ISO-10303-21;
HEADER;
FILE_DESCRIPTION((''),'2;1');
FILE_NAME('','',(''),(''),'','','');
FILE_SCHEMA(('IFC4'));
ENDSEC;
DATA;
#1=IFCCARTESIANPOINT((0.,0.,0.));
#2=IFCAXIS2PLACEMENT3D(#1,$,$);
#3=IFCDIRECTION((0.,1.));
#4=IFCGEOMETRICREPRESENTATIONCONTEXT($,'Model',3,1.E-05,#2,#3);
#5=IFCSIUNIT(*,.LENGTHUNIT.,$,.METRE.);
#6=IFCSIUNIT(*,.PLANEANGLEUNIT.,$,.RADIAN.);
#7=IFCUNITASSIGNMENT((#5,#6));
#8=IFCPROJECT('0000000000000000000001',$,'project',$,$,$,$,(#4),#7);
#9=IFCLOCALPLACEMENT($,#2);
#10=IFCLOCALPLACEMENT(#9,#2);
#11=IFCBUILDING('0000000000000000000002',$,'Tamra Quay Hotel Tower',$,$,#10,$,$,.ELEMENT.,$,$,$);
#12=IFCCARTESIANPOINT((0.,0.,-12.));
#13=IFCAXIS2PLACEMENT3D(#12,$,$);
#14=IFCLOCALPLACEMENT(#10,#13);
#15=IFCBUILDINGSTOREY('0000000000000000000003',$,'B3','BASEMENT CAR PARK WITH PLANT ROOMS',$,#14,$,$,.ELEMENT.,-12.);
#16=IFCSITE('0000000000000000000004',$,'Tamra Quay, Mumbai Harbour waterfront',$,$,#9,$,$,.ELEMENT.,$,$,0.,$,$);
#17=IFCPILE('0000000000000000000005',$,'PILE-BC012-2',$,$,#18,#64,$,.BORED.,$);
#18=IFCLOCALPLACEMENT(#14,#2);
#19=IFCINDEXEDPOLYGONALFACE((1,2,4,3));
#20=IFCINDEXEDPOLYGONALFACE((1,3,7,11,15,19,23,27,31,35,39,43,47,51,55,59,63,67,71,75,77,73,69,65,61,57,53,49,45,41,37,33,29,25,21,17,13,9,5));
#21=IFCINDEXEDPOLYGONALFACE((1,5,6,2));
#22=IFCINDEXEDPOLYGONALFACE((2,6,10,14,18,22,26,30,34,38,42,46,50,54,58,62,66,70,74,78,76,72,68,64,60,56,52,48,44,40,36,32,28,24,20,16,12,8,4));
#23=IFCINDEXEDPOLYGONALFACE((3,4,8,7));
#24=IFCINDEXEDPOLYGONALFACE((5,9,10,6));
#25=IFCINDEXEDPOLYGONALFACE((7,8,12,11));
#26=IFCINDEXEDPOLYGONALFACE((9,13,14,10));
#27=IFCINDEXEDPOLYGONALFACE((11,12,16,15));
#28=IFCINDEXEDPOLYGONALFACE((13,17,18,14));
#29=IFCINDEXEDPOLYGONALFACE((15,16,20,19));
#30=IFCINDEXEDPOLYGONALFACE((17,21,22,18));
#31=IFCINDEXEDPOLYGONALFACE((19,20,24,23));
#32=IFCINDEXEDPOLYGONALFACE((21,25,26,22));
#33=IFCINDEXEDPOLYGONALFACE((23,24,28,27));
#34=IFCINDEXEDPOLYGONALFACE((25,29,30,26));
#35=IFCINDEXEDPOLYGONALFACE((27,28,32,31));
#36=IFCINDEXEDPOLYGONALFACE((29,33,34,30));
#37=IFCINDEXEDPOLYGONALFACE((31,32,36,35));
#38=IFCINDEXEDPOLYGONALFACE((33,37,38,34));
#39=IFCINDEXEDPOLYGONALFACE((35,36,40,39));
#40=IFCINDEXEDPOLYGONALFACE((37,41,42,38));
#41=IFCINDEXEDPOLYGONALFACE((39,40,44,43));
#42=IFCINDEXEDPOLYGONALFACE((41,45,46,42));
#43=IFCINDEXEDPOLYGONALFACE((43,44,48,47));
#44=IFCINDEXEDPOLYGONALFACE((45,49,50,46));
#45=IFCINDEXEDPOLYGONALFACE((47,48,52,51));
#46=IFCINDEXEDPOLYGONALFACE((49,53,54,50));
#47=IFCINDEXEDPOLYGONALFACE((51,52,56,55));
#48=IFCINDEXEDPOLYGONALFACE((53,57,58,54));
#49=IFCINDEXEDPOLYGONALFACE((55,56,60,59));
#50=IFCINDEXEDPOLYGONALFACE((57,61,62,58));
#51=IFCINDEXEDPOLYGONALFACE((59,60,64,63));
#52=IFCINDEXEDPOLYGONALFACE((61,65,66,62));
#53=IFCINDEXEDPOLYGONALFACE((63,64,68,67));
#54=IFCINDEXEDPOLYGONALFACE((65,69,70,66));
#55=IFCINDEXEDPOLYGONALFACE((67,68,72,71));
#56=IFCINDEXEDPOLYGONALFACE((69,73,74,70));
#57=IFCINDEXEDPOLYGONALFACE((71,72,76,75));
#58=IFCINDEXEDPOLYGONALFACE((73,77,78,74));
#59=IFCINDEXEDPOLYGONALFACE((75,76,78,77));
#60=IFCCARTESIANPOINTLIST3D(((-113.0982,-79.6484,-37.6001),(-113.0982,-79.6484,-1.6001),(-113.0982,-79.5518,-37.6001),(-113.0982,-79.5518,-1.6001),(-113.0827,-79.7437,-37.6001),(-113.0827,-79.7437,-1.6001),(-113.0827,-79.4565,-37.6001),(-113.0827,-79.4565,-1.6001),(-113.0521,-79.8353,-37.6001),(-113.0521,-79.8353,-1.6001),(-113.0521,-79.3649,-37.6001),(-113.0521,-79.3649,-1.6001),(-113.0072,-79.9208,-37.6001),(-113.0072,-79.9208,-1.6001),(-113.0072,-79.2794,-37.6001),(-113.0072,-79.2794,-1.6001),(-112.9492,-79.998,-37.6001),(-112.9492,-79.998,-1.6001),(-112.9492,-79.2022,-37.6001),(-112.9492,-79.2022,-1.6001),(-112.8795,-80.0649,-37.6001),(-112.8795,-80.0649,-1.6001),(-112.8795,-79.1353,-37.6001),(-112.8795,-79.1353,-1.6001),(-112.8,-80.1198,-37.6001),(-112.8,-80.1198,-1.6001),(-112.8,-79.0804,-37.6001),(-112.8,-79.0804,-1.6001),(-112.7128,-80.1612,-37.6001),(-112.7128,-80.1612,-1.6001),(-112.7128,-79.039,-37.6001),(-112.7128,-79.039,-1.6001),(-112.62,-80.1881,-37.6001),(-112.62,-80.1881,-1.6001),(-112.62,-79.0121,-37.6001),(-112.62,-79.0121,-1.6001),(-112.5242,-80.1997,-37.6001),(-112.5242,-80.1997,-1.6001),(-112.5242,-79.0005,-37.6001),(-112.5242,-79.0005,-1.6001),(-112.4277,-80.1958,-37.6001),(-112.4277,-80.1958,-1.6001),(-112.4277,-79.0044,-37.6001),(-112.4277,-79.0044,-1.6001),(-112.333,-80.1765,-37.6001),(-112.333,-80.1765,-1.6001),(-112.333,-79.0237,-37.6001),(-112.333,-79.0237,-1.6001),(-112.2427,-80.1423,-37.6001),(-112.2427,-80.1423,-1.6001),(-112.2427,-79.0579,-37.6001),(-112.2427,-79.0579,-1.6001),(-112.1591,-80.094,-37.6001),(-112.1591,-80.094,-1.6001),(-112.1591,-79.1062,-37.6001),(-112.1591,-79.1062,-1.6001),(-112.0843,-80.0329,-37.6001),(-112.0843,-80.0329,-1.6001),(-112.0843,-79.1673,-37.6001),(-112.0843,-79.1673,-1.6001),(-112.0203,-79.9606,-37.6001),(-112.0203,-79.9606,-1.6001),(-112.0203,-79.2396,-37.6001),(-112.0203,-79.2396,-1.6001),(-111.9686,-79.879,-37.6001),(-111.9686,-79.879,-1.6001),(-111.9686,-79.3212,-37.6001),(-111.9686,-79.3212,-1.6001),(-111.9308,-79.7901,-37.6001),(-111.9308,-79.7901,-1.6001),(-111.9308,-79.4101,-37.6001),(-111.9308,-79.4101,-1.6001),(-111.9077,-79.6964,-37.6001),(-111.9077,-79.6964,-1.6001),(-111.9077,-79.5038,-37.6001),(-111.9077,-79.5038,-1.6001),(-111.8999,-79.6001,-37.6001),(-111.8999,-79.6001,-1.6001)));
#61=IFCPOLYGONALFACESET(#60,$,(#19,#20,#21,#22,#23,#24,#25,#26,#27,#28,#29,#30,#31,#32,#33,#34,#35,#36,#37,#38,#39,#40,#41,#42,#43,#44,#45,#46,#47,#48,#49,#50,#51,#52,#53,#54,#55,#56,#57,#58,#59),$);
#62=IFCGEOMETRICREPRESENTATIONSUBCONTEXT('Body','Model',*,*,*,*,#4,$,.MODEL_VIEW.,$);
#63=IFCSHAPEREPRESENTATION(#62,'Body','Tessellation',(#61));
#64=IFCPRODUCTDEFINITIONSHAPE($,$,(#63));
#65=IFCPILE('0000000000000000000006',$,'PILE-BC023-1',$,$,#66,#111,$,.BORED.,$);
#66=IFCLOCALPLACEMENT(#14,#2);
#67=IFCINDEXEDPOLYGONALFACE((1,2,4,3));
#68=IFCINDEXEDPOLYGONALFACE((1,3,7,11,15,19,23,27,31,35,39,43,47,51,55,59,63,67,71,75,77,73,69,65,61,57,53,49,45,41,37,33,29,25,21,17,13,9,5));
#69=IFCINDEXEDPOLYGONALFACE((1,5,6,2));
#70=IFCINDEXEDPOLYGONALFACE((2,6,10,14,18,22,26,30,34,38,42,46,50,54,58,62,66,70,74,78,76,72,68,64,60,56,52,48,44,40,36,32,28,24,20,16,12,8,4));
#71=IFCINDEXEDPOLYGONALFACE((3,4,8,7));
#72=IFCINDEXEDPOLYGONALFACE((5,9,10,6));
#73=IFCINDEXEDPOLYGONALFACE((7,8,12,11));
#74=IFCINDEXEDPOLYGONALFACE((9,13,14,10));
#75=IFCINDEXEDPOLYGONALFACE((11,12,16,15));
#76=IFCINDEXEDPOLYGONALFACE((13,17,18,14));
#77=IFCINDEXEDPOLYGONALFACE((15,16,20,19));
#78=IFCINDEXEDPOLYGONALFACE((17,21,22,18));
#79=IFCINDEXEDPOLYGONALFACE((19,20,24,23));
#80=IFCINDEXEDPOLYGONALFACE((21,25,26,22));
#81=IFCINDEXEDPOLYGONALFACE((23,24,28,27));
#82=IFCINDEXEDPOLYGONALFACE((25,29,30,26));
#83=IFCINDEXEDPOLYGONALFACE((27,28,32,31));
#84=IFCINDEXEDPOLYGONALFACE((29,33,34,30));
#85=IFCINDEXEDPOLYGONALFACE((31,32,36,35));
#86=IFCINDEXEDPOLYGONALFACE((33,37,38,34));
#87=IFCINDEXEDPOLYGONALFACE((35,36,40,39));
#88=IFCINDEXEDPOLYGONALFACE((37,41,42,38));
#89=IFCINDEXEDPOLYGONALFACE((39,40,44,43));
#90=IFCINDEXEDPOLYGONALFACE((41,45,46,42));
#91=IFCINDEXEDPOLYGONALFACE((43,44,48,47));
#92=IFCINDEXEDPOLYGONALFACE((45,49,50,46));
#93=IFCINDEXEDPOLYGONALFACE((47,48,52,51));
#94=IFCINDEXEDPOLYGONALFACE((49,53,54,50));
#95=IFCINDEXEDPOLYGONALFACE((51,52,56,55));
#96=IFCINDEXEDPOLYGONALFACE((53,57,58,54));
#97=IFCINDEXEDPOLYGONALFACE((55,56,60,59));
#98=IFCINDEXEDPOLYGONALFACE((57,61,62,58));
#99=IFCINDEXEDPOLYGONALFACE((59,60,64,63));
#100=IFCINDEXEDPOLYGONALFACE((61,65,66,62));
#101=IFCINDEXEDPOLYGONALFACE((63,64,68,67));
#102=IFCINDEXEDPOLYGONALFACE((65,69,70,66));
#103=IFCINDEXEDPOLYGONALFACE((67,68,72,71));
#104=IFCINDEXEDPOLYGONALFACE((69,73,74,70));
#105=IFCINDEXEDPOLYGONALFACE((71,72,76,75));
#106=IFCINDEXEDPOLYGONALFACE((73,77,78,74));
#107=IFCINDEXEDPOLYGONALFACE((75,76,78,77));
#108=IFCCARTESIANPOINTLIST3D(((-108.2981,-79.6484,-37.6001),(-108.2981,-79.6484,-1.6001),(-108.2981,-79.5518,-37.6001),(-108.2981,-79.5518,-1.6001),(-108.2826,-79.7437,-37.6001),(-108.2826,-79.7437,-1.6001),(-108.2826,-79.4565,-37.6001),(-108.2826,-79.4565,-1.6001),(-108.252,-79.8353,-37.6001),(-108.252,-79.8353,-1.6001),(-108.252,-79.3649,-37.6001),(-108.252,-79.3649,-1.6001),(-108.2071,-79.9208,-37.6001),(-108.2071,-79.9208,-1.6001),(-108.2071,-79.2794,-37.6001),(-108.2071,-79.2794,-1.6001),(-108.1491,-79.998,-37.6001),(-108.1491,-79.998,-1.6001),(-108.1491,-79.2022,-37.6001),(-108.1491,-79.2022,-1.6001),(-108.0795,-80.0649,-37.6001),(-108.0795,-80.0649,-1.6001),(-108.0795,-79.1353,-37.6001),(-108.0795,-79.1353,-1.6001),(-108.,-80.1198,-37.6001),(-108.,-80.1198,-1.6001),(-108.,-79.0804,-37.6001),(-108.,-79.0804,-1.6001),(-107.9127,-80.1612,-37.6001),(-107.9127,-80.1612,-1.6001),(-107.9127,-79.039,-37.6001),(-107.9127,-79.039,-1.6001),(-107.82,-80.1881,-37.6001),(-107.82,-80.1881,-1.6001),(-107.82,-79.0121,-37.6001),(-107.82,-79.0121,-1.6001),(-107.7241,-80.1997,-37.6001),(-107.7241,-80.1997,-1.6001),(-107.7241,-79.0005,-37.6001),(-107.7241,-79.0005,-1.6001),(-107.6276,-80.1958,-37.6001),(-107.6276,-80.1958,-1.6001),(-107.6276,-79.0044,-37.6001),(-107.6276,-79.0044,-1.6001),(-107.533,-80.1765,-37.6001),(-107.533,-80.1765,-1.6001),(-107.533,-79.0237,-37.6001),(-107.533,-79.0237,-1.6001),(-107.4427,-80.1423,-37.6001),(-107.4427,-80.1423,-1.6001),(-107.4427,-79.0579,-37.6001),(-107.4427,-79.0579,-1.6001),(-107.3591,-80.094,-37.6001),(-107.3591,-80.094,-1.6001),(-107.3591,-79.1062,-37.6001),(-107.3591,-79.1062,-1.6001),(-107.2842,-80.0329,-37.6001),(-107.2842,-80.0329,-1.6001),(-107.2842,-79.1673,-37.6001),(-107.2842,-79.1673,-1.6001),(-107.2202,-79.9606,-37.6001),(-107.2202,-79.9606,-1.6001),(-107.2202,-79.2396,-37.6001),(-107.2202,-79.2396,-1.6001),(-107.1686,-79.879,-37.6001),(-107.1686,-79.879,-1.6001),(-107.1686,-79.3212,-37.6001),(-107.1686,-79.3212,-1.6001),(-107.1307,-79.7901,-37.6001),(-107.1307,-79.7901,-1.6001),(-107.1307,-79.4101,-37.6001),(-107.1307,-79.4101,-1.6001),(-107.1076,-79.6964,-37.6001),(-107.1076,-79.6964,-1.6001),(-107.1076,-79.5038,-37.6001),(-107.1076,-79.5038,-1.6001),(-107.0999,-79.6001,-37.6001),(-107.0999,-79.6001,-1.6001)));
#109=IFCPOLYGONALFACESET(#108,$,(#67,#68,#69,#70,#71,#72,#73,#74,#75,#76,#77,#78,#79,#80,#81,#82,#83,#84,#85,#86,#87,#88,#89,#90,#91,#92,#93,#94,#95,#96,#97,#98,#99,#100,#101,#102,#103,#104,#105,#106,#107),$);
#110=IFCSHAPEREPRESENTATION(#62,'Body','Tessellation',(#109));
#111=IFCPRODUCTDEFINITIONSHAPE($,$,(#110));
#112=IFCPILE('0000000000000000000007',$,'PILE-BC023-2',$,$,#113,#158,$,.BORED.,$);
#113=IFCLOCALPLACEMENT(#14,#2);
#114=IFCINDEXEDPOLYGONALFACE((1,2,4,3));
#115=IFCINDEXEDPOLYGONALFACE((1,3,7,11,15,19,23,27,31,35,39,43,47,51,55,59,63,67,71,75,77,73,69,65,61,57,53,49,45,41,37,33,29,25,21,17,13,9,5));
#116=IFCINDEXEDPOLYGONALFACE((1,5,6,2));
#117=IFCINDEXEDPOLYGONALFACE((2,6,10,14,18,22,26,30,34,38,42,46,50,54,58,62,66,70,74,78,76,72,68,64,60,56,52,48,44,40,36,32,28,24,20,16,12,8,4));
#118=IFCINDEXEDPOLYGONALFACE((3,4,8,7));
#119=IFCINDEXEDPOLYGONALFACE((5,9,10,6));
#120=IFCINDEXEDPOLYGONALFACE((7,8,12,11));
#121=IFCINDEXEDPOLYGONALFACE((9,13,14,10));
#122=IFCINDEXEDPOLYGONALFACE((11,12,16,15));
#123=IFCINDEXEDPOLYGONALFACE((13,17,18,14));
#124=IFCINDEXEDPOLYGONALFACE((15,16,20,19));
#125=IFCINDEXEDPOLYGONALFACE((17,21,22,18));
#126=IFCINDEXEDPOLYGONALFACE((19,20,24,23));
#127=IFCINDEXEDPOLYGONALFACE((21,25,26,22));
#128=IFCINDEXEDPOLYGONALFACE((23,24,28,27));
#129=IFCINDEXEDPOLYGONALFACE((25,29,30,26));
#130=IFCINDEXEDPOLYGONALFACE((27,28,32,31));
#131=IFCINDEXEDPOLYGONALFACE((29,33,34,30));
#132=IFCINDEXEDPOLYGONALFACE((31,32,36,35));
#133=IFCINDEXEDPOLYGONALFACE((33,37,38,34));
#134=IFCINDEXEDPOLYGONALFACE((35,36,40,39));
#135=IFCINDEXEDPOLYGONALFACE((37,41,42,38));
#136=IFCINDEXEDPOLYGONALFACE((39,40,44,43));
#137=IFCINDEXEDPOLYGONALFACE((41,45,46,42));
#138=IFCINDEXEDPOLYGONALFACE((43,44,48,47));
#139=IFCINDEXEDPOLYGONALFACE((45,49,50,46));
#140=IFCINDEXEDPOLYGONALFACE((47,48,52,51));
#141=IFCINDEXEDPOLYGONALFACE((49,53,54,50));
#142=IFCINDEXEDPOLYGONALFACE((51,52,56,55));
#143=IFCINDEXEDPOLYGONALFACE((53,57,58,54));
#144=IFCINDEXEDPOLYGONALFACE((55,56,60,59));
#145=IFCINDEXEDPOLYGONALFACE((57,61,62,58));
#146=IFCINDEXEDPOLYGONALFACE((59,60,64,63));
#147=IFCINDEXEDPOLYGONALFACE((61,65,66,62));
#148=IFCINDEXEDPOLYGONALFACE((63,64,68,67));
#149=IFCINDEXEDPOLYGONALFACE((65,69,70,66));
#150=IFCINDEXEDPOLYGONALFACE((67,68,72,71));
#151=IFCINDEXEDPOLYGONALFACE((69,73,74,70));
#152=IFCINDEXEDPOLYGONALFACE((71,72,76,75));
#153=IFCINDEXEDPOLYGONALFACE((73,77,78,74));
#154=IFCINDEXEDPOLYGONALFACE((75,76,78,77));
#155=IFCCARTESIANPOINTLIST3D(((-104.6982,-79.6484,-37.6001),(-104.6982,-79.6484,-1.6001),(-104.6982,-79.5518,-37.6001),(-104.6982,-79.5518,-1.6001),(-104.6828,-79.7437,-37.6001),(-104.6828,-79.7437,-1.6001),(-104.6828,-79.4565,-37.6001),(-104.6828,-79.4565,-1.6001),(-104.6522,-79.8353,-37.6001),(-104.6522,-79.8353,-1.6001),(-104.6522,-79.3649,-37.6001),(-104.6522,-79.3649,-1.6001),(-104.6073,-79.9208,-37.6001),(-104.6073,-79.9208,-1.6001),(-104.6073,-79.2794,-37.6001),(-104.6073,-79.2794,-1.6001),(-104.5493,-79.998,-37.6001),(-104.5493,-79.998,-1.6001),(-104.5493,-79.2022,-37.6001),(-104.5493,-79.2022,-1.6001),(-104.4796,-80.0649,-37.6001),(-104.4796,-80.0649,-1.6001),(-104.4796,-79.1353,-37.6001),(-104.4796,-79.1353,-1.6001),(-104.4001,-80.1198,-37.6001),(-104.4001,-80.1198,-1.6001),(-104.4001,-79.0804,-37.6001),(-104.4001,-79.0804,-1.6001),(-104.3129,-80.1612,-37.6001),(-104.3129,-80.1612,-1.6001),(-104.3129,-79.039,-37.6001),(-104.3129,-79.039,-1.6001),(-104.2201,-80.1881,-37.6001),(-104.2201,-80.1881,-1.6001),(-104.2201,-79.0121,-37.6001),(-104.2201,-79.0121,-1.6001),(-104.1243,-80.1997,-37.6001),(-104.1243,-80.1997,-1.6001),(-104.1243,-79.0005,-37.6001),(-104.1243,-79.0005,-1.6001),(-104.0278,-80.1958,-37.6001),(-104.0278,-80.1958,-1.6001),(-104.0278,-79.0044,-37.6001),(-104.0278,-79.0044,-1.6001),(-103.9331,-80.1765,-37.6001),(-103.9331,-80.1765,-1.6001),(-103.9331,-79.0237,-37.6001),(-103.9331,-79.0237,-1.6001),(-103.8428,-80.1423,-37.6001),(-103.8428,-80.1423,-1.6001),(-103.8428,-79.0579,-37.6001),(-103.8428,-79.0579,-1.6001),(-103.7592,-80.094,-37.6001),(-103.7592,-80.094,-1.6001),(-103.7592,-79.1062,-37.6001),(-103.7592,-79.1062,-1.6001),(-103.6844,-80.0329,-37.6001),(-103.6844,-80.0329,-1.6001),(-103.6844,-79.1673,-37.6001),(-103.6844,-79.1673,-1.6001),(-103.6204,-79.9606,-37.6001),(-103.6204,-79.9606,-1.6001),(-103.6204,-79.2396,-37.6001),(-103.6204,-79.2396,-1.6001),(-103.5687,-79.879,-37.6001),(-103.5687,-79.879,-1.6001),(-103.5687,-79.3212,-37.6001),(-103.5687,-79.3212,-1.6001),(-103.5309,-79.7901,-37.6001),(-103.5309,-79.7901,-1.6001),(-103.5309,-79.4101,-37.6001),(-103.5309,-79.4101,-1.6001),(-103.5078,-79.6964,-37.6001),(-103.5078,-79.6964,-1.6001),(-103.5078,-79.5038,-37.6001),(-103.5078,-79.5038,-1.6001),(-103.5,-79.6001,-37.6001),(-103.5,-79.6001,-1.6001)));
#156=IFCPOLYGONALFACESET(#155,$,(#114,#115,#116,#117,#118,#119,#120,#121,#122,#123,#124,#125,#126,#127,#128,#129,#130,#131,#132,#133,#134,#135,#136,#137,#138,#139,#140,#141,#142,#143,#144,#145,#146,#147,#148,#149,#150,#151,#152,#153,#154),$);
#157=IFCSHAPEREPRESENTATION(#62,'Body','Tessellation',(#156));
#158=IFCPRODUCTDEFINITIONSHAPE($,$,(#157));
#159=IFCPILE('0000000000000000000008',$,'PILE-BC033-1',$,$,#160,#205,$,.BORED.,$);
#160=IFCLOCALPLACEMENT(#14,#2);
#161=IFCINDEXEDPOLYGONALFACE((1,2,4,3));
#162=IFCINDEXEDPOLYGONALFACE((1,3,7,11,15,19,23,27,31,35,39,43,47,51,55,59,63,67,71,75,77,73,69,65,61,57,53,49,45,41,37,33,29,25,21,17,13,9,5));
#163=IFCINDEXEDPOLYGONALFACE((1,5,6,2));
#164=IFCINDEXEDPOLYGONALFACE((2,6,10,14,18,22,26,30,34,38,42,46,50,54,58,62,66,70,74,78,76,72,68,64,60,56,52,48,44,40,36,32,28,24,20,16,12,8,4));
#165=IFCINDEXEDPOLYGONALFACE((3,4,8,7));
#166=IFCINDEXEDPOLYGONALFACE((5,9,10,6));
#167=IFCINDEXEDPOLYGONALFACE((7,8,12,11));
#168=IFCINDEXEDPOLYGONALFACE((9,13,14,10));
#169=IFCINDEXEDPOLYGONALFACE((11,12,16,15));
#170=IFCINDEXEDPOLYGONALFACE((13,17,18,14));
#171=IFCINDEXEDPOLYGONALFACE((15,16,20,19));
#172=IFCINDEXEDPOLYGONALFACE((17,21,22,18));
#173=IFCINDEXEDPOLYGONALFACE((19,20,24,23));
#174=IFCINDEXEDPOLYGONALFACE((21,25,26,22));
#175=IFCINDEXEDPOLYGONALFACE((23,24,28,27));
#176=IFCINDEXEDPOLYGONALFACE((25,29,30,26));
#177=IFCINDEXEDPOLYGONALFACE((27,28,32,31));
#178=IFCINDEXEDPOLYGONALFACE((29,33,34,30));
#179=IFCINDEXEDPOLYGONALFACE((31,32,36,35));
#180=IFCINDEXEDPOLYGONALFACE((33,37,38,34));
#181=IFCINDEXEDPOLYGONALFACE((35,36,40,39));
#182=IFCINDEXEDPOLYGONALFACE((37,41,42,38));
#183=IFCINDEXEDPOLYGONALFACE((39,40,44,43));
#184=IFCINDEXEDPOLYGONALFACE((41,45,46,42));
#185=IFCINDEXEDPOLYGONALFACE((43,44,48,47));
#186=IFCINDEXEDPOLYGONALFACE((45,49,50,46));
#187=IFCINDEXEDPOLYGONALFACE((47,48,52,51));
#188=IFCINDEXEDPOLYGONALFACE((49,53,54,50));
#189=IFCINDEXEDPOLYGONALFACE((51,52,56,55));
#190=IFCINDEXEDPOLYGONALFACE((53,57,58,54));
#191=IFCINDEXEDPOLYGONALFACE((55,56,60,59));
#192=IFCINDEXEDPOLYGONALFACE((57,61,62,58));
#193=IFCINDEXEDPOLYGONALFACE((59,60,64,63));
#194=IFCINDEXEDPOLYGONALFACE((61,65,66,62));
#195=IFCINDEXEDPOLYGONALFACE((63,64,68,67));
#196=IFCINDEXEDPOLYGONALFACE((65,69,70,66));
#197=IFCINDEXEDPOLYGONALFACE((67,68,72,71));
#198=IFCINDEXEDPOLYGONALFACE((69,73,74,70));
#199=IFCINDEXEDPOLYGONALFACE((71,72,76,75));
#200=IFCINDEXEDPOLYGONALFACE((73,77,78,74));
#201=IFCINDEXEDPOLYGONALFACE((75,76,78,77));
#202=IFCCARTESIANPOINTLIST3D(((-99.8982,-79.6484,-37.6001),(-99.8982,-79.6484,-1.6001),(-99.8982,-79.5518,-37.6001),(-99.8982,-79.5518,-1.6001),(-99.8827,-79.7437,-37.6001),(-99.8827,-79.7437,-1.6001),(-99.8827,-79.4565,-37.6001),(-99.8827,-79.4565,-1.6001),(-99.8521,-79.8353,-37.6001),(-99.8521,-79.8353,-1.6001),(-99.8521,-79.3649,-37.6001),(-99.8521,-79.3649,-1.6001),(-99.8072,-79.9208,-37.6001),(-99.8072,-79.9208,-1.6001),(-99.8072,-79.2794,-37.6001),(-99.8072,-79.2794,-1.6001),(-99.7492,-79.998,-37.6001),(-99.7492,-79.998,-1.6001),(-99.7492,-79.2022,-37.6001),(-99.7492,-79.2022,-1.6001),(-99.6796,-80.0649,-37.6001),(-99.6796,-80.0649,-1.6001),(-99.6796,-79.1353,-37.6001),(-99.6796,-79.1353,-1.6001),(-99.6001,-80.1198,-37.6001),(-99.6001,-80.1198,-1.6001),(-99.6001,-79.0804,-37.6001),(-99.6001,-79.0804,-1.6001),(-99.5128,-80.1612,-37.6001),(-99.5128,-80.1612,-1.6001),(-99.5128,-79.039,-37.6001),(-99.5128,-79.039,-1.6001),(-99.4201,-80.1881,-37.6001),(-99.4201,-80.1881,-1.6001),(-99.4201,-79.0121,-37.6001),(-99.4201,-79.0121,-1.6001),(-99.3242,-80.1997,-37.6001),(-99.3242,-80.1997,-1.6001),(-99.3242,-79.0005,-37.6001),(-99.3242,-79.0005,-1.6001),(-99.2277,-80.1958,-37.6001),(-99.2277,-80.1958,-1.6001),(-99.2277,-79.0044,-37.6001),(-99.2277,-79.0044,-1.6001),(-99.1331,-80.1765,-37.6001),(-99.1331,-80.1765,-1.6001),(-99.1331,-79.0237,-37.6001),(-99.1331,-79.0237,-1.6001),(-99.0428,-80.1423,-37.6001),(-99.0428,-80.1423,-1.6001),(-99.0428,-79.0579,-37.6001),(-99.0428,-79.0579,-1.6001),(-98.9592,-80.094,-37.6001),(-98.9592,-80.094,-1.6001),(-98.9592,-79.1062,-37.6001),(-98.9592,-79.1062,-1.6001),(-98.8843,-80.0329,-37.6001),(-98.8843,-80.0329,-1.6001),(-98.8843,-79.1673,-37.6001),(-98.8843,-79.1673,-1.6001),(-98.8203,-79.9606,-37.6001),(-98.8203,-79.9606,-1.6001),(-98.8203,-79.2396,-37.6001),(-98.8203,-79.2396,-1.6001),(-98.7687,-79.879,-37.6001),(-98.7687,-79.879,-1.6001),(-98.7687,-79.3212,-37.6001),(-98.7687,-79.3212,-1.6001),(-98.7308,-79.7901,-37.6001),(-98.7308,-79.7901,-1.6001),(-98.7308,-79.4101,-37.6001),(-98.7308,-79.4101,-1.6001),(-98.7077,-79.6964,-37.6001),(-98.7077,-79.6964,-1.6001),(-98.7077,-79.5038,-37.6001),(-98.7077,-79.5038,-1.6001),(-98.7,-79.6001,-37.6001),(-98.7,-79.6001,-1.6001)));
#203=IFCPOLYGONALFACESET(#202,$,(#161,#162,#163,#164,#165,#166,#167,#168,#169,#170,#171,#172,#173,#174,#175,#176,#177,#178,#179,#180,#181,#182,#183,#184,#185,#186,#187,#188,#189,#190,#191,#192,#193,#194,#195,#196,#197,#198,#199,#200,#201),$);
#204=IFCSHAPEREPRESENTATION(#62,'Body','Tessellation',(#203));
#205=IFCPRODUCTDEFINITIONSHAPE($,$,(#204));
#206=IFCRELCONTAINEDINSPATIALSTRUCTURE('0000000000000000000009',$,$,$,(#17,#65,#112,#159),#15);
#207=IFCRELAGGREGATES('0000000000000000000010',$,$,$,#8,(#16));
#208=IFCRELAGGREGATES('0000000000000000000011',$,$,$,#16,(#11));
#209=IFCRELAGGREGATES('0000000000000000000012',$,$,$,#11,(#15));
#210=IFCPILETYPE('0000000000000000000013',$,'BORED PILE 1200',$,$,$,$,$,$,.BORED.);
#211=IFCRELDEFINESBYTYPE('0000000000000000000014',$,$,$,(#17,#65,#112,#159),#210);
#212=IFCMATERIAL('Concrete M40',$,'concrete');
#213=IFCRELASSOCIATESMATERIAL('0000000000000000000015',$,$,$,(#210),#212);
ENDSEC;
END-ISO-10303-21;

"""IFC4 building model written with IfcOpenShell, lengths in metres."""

from ifc_helpers import new_model, si_unit, direction, frame, origin, origin_2d, place, context, subcontext, project, spatial, circle, extrude, material, material_profile, profile_set, type_object, element, save


model = new_model("IFC4")

# Units and contexts
model_context = context("Model", 3, precision=1e-05, world=origin(), true_north=direction((0.0, 1.0)))
body_context = subcontext(model_context, "Body", "Model", "MODEL_VIEW")
ifc_project = project(units=[si_unit("LENGTHUNIT", "METRE"), si_unit("PLANEANGLEUNIT", "RADIAN")], contexts=[model_context])

# Site, building, storey
site_placement = place(None, origin())
site = spatial("IfcSite", under=ifc_project, at=site_placement, Name="Tamra Quay, Mumbai Harbour waterfront", CompositionType="ELEMENT", RefElevation=0.0)
building_placement = place(site_placement, origin())
building = spatial("IfcBuilding", under=site, at=building_placement, Name="Tamra Quay Hotel Tower", CompositionType="ELEMENT")
storey_placement = place(building_placement, frame((0.0, 0.0, -12.0)))
storey = spatial("IfcBuildingStorey", under=building, at=storey_placement, Name="B3", Description="BASEMENT CAR PARK WITH PLANT ROOMS", CompositionType="ELEMENT", Elevation=-12.0)

# Piles
ifc_material_1 = material(Name="Concrete M40", Category="concrete")
ifc_material_profile_1 = material_profile(ifc_material_1, circle(Radius=0.6001, at=origin_2d()), Name="BORED PILE 1200")
ifc_profile_set_1 = profile_set([ifc_material_profile_1], Name="Concrete M40")
pile_type = type_object("IfcPileType", Name="BORED PILE 1200", PredefinedType="BORED", material=ifc_profile_set_1)
for number, where, z_axis, x_axis, name in (
    (1, (-112.5, -79.6001, -1.6001), (0.0, 0.0, -1.0), (1.0, 0.0, 0.0), "PILE-BC012-2"),
    (2, (-107.7, -79.6001, -1.6001), (0.0, 0.0, -1.0), (1.0, 0.0, 0.0), "PILE-BC023-1"),
    (3, (-104.1001, -79.6001, -1.6001), (0.0, 0.0, -1.0), (1.0, 0.0, 0.0), "PILE-BC023-2"),
    (4, (-99.3, -79.6001, -1.6001), (0.0, 0.0, -1.0), (1.0, 0.0, 0.0), "PILE-BC033-1"),
):
    element("IfcPile", number, at=place(storey_placement, frame(where, z_axis=z_axis, x_axis=x_axis)), inside=storey, type_object=pile_type, Name=name, PredefinedType="BORED", context=body_context, shape_type="SweptSolid", body=[
        extrude(circle(Radius=0.6001, at=origin_2d()), origin(), (0.0, 0.0, 1.0), 36.0),
    ])

save(model, "model.ifc")
